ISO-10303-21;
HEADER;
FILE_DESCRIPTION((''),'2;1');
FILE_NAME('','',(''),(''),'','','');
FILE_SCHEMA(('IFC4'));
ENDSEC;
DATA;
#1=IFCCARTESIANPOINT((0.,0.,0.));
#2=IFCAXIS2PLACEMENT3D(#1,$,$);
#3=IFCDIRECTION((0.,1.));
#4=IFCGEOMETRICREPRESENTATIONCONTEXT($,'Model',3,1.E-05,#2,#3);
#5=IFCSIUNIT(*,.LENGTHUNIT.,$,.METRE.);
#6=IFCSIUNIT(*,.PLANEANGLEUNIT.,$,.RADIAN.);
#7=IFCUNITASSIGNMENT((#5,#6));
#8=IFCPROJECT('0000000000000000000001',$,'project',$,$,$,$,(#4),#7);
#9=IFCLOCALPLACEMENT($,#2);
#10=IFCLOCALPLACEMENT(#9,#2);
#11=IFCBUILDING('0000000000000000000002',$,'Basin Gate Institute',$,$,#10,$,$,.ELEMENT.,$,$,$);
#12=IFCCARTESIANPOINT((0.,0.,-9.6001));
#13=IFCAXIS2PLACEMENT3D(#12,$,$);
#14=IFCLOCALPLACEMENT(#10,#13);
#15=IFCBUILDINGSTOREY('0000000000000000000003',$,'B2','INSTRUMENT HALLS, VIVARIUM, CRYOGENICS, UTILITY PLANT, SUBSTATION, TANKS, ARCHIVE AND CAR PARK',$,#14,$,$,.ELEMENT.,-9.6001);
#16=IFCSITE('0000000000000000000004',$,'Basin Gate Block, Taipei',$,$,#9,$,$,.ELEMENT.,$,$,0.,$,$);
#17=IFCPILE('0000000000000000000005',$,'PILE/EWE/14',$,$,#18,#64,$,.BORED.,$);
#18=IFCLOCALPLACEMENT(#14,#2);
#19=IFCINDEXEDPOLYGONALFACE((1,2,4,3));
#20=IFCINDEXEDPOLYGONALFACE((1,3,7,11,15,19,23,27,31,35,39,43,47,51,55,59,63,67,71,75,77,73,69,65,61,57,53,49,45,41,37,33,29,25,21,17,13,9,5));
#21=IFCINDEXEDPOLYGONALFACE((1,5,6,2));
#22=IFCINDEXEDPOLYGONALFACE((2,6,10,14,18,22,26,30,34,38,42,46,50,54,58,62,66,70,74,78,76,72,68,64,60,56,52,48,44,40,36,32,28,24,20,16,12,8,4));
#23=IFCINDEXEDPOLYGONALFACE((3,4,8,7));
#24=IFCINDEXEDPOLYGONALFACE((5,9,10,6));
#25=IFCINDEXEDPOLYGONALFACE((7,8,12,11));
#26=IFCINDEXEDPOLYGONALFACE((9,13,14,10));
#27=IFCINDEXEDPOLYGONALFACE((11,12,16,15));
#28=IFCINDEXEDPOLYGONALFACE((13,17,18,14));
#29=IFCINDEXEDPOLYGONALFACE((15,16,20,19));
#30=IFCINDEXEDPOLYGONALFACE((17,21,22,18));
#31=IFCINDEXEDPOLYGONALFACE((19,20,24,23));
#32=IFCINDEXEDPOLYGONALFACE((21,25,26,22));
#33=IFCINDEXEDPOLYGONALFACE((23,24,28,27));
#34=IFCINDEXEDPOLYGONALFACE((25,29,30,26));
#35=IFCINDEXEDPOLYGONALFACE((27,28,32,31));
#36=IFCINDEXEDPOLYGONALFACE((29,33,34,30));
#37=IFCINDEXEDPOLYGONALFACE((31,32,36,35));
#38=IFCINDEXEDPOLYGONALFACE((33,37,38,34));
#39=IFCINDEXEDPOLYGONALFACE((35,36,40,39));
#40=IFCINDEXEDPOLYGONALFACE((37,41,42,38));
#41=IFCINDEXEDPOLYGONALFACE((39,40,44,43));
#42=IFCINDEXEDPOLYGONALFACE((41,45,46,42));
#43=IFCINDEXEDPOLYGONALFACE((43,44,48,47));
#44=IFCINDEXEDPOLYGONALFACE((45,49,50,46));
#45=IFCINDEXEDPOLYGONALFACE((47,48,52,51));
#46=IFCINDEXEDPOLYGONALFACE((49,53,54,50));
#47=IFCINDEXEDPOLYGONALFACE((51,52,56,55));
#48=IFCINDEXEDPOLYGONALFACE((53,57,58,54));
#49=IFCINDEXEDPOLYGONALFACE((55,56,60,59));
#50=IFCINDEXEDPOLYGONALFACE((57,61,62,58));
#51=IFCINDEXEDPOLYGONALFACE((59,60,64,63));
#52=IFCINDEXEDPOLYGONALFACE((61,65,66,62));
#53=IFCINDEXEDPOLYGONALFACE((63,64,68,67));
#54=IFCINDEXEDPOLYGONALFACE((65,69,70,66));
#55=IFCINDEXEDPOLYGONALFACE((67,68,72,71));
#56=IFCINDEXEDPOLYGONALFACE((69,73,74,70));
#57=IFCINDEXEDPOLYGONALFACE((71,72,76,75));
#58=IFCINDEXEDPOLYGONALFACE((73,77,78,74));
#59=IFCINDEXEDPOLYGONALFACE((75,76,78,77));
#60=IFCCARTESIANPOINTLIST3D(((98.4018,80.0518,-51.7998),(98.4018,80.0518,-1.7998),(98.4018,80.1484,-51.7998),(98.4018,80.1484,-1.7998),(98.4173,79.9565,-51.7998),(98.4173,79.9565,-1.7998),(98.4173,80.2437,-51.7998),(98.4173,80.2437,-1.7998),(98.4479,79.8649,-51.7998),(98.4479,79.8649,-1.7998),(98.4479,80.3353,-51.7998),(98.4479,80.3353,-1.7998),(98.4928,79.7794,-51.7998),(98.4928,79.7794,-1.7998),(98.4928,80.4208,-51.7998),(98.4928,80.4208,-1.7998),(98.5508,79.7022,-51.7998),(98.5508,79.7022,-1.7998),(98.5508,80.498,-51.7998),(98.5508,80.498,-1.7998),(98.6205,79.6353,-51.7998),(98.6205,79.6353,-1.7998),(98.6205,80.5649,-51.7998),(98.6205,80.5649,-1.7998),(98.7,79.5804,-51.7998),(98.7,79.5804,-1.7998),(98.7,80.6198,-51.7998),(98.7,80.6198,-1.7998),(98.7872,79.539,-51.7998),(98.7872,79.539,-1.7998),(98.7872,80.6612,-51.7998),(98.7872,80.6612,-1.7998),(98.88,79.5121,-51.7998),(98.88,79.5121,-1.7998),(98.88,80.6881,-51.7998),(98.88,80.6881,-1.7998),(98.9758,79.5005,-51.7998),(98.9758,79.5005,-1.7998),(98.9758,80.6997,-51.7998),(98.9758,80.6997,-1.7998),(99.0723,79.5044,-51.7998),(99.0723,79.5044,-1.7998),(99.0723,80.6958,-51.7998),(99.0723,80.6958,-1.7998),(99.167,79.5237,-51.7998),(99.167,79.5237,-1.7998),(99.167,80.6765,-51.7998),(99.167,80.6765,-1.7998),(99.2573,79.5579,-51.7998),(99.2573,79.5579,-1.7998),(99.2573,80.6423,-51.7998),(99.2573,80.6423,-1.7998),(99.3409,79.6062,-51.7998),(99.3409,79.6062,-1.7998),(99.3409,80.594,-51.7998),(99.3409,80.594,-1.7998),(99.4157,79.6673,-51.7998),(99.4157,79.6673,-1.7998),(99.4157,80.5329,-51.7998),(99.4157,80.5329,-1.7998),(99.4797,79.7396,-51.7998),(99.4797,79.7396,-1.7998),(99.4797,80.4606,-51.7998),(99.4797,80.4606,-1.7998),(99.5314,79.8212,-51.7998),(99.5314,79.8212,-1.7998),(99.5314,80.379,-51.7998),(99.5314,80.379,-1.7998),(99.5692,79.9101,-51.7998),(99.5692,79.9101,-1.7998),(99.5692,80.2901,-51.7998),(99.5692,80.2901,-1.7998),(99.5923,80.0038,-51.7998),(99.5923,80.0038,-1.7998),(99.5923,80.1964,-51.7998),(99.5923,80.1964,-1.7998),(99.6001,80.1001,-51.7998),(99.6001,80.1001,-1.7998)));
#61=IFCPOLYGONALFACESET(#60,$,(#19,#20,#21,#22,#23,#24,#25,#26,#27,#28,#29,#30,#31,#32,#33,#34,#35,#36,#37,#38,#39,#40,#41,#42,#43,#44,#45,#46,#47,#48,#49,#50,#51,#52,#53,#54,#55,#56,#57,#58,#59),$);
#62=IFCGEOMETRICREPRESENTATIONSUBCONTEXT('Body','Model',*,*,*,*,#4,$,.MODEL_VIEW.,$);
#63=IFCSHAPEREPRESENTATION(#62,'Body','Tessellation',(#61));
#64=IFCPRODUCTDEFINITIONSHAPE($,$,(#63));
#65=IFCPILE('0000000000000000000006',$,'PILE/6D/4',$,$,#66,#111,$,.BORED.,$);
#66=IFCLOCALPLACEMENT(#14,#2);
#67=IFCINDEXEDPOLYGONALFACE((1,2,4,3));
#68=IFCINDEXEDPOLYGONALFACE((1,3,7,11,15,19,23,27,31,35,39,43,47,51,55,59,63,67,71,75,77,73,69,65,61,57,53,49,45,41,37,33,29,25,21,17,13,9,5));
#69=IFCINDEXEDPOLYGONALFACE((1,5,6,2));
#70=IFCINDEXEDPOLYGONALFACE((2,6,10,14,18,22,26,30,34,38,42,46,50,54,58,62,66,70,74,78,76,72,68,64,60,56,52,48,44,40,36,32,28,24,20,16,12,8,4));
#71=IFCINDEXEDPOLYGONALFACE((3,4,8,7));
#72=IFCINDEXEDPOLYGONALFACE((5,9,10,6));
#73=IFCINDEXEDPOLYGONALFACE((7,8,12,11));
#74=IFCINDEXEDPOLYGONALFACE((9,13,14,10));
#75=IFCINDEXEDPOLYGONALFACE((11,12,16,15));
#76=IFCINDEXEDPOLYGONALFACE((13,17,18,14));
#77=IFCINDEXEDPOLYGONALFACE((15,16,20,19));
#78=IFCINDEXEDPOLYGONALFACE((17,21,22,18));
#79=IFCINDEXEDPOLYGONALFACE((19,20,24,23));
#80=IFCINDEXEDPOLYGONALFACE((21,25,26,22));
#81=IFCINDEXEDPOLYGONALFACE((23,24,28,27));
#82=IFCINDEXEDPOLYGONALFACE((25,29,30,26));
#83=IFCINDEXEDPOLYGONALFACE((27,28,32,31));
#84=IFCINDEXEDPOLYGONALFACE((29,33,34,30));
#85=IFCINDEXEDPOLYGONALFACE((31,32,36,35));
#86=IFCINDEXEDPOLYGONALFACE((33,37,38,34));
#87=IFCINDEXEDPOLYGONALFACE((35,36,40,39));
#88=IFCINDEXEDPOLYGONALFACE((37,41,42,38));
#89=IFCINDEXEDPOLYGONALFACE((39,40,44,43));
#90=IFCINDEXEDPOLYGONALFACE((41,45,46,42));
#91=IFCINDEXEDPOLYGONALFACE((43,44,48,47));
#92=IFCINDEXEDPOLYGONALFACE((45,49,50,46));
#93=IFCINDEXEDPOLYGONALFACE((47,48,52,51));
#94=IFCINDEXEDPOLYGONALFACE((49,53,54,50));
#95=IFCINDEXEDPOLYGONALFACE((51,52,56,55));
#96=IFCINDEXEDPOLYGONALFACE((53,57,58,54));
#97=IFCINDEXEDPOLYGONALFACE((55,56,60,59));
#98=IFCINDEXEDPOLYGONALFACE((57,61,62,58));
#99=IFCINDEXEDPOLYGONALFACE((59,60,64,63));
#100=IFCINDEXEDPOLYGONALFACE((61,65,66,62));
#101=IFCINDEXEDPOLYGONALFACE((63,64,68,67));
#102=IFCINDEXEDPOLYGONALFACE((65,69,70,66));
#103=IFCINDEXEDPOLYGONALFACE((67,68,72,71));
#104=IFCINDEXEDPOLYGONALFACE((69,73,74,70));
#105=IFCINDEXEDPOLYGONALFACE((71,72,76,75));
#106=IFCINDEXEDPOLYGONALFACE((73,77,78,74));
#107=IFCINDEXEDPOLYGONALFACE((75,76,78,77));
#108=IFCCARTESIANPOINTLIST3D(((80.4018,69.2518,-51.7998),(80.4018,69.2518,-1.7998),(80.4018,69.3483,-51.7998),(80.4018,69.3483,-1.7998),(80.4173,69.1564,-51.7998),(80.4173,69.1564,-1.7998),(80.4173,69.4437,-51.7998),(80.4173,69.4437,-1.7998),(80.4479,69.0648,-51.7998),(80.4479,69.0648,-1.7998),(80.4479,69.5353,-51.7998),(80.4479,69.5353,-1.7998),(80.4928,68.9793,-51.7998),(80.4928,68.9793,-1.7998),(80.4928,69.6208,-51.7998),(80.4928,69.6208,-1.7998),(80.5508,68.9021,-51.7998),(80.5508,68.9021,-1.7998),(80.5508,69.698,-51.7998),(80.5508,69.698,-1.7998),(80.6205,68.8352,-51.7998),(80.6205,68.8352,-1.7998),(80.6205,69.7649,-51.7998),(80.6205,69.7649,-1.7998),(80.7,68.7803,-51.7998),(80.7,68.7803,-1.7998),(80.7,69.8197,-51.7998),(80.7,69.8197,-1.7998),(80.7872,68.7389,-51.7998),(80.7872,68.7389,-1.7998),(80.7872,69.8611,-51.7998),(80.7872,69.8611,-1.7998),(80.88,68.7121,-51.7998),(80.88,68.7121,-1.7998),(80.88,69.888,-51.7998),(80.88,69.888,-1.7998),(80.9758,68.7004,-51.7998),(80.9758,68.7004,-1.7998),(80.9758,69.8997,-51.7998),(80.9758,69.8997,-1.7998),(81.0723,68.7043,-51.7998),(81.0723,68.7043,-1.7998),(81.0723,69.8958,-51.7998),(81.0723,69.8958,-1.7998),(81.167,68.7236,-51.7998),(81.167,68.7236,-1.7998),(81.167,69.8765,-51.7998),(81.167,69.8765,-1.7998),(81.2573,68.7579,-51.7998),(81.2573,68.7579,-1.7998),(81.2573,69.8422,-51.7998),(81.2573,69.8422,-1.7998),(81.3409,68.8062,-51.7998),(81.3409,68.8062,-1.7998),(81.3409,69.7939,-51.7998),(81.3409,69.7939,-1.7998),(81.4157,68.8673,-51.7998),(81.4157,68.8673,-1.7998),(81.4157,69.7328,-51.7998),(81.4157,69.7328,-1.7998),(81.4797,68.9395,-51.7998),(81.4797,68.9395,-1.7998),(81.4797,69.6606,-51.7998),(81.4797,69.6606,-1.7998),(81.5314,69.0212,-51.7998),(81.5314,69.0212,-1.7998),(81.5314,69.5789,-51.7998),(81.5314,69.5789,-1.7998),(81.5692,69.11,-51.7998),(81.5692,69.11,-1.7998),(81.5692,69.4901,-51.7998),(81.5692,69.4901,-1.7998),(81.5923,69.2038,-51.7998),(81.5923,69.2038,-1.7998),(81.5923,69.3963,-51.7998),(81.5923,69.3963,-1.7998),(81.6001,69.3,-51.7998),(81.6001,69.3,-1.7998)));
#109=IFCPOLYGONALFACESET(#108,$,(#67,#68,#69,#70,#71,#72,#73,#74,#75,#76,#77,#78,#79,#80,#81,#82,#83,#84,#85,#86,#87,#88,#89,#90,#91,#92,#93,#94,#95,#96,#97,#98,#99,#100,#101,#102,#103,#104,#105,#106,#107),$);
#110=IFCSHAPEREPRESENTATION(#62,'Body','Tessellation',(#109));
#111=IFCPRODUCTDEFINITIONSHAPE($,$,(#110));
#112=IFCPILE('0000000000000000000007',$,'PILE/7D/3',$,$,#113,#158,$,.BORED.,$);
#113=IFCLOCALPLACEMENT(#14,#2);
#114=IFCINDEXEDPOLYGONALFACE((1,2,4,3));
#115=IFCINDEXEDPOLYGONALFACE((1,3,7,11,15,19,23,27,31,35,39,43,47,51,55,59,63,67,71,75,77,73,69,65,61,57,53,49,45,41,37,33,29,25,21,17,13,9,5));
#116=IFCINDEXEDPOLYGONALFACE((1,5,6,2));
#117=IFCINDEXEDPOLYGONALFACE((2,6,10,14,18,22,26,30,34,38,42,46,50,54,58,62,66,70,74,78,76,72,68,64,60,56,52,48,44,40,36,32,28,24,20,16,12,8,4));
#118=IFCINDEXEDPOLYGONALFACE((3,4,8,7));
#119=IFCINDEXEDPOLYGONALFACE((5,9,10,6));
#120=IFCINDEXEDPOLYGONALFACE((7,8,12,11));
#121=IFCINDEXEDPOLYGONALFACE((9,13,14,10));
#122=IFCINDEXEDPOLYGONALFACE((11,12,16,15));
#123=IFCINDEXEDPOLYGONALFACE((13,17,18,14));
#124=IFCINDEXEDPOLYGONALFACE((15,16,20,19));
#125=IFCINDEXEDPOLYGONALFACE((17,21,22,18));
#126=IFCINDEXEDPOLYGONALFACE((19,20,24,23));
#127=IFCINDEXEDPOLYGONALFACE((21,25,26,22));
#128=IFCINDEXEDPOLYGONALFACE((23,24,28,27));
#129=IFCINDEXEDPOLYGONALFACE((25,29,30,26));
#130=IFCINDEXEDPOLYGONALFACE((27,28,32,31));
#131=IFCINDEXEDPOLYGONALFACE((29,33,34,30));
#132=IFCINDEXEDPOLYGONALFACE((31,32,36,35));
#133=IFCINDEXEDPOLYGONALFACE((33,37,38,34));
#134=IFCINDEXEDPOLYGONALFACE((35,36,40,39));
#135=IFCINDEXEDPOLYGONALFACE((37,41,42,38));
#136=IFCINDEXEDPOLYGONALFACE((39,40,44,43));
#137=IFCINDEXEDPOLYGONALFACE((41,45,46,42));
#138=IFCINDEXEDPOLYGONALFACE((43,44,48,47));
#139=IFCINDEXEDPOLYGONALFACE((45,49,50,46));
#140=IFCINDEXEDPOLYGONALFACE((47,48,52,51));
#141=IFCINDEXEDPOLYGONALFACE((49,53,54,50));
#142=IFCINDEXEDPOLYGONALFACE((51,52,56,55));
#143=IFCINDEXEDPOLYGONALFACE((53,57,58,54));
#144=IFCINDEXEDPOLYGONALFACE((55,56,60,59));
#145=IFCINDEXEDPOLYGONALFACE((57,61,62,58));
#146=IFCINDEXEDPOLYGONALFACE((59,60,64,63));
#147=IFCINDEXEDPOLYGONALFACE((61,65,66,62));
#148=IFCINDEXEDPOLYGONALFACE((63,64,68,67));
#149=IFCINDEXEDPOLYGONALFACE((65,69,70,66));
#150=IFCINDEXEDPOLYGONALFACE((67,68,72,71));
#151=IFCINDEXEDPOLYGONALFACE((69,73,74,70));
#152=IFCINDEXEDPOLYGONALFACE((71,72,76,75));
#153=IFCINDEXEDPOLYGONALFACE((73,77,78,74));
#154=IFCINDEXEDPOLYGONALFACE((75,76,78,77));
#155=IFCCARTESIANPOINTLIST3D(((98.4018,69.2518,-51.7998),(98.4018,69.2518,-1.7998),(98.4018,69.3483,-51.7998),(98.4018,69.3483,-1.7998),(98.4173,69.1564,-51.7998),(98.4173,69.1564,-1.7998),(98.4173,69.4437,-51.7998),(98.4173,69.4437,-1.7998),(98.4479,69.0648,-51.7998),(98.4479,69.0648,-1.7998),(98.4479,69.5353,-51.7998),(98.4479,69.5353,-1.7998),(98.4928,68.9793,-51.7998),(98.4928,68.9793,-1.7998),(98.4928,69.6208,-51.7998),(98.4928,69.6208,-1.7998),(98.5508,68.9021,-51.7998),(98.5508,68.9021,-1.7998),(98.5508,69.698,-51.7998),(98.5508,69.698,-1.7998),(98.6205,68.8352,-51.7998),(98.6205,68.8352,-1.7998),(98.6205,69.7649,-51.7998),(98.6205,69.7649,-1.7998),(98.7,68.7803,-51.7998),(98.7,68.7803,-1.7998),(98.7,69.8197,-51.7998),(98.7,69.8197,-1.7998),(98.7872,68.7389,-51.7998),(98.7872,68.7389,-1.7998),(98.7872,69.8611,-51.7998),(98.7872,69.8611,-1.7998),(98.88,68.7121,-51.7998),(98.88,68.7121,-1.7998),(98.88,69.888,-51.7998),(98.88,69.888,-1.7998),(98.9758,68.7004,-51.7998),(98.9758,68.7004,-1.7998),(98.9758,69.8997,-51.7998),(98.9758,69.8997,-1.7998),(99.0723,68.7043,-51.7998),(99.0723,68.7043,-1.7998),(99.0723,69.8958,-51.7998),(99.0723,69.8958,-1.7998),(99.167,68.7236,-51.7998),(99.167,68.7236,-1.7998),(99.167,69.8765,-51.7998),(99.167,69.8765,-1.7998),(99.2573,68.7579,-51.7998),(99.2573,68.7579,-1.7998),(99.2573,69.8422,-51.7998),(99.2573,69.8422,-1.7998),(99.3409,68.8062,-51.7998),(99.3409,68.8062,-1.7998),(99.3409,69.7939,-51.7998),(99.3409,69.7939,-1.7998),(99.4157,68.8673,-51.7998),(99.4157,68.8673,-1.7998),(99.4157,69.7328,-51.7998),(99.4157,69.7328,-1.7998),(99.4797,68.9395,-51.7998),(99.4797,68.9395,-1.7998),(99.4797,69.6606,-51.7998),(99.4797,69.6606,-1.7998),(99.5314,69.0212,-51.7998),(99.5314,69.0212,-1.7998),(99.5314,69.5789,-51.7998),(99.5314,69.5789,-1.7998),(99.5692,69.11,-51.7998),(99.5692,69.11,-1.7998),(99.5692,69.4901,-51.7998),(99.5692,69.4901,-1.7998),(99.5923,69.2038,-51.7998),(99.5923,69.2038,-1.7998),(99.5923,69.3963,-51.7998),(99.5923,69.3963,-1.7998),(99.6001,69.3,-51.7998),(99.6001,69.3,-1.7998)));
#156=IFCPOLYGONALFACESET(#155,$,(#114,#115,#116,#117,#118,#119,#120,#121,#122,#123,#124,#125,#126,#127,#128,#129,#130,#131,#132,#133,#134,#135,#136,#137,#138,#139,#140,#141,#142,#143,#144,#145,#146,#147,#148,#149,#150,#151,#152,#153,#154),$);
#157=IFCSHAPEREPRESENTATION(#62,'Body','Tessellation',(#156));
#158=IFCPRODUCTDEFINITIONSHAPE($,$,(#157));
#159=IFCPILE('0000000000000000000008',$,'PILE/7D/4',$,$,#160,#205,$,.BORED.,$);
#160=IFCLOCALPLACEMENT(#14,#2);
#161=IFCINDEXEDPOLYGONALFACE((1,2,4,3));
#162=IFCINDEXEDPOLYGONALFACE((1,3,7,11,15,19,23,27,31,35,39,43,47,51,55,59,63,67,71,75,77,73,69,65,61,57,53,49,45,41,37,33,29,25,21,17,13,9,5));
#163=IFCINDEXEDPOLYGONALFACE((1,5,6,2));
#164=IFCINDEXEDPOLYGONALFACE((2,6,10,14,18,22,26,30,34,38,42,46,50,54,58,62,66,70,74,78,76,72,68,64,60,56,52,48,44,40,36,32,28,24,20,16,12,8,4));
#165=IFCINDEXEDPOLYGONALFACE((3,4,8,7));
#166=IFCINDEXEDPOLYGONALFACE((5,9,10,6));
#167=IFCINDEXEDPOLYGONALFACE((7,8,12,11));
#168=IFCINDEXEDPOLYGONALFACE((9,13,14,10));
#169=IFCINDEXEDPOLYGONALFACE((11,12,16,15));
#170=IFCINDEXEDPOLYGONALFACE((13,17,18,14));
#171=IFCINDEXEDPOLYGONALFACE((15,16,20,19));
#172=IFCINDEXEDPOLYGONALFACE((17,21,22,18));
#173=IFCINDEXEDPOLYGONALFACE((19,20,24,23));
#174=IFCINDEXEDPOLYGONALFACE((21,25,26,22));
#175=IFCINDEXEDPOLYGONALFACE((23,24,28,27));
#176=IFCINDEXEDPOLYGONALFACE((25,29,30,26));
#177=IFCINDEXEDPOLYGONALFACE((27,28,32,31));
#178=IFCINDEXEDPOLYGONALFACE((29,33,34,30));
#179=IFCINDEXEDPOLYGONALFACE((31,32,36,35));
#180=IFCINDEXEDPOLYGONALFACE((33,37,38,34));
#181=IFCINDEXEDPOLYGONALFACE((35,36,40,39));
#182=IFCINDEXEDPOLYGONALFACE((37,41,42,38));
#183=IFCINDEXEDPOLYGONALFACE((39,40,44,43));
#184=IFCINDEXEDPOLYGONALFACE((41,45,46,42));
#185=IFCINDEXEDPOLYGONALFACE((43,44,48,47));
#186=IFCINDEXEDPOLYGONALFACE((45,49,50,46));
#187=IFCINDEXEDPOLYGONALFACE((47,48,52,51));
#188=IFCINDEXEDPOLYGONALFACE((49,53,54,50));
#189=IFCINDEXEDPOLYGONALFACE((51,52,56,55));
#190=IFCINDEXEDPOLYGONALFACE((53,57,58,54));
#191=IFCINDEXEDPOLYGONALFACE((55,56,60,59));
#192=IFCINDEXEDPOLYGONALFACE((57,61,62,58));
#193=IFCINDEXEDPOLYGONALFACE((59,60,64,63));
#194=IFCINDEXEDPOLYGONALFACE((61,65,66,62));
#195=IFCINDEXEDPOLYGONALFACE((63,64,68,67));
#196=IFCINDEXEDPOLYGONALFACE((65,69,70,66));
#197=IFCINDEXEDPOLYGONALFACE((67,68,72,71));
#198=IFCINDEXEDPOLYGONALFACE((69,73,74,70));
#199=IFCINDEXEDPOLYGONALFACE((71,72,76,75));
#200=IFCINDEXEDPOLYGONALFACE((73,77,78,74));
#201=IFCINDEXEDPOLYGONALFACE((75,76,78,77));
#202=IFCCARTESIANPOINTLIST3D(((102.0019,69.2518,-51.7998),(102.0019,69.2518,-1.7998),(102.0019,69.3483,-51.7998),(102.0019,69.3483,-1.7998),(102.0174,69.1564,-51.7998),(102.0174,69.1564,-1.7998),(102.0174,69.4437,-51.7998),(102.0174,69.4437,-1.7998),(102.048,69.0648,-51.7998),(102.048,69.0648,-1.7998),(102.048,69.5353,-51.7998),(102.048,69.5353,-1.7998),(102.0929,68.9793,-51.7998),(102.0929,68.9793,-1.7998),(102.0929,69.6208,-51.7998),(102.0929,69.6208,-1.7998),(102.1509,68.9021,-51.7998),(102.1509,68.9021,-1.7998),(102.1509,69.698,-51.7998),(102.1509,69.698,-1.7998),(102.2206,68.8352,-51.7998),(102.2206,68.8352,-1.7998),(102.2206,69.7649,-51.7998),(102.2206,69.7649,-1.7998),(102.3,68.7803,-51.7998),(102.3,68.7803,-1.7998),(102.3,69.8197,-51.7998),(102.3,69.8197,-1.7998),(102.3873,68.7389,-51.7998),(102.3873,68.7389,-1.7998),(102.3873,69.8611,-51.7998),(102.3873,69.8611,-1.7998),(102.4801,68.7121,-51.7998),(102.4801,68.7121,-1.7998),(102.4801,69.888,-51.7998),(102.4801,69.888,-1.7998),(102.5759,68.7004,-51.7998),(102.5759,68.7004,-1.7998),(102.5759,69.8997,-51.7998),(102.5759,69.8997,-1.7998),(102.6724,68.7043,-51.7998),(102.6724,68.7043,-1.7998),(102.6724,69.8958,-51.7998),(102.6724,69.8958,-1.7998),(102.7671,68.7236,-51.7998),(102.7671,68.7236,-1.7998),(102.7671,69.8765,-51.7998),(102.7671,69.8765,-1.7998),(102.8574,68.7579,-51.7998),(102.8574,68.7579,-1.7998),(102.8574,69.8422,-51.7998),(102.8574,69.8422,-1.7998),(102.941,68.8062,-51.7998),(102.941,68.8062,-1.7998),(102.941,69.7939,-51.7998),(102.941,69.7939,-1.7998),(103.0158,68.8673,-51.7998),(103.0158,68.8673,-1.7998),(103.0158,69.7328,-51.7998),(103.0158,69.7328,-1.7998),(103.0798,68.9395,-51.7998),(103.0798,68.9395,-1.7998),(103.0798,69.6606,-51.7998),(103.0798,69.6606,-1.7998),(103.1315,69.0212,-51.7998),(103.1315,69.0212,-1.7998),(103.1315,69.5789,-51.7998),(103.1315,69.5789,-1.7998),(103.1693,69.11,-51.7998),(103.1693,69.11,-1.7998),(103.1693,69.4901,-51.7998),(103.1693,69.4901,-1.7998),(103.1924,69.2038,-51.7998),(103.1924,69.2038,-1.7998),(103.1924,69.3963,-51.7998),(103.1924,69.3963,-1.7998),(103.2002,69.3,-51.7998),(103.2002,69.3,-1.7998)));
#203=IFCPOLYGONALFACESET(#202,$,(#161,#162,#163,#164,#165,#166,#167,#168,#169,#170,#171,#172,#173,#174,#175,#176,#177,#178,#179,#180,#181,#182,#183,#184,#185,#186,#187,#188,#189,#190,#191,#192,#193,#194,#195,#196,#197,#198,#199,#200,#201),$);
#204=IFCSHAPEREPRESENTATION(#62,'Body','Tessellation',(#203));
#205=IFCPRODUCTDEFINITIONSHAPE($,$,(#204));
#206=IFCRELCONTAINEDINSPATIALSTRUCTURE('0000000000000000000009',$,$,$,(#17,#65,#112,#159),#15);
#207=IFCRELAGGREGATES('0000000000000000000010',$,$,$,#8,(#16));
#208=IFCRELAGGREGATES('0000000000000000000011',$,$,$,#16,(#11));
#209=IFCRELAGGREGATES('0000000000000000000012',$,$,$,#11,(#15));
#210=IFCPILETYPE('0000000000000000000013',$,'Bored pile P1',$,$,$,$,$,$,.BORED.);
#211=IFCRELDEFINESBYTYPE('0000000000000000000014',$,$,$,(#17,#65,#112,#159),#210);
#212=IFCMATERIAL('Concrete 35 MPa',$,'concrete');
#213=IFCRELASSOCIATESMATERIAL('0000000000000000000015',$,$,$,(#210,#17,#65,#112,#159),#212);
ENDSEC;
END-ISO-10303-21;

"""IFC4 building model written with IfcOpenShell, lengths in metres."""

from ifc_helpers import new_model, si_unit, direction, frame, origin, origin_2d, place, context, subcontext, project, spatial, circle, extrude, material, material_profile, profile_set, type_object, element, save


model = new_model("IFC4")

# Units and contexts
model_context = context("Model", 3, precision=1e-05, world=origin(), true_north=direction((0.0, 1.0)))
body_context = subcontext(model_context, "Body", "Model", "MODEL_VIEW")
ifc_project = project(units=[si_unit("LENGTHUNIT", "METRE"), si_unit("PLANEANGLEUNIT", "RADIAN")], contexts=[model_context])

# Site, building, storey
site_placement = place(None, origin())
site = spatial("IfcSite", under=ifc_project, at=site_placement, Name="Basin Gate Block, Taipei", CompositionType="ELEMENT", RefElevation=0.0)
building_placement = place(site_placement, origin())
building = spatial("IfcBuilding", under=site, at=building_placement, Name="Basin Gate Institute", CompositionType="ELEMENT")
storey_placement = place(building_placement, frame((0.0, 0.0, -9.6001)))
storey = spatial("IfcBuildingStorey", under=building, at=storey_placement, Name="B2", Description="INSTRUMENT HALLS, VIVARIUM, CRYOGENICS, UTILITY PLANT, SUBSTATION, TANKS, ARCHIVE AND CAR PARK", CompositionType="ELEMENT", Elevation=-9.6001)

# Piles
ifc_material_1 = material(Name="Concrete 35 MPa", Category="concrete")
ifc_material_profile_1 = material_profile(ifc_material_1, circle(Radius=0.6001, at=origin_2d()), Name="Bored pile P1 1200 dia")
ifc_profile_set_1 = profile_set([ifc_material_profile_1], Name="Concrete 35 MPa")
pile_type = type_object("IfcPileType", Name="Bored pile P1", PredefinedType="BORED", material=ifc_profile_set_1)
for number, where, z_axis, x_axis, name in (
    (1, (99.0, 80.1001, -1.7998), (0.0, 0.0, -1.0), (1.0, 0.0, 0.0), "PILE/EWE/14"),
    (2, (81.0, 69.3, -1.7998), (0.0, 0.0, -1.0), (1.0, 0.0, 0.0), "PILE/6D/4"),
    (3, (99.0, 69.3, -1.7998), (0.0, 0.0, -1.0), (1.0, 0.0, 0.0), "PILE/7D/3"),
    (4, (102.6001, 69.3, -1.7998), (0.0, 0.0, -1.0), (1.0, 0.0, 0.0), "PILE/7D/4"),
):
    element("IfcPile", number, at=place(storey_placement, frame(where, z_axis=z_axis, x_axis=x_axis)), inside=storey, type_object=pile_type, material=ifc_profile_set_1, Name=name, PredefinedType="BORED", context=body_context, shape_type="SweptSolid", body=[
        extrude(circle(Radius=0.6001, at=origin_2d()), origin(), (0.0, 0.0, 1.0), 50.0),
    ])

save(model, "model.ifc")
